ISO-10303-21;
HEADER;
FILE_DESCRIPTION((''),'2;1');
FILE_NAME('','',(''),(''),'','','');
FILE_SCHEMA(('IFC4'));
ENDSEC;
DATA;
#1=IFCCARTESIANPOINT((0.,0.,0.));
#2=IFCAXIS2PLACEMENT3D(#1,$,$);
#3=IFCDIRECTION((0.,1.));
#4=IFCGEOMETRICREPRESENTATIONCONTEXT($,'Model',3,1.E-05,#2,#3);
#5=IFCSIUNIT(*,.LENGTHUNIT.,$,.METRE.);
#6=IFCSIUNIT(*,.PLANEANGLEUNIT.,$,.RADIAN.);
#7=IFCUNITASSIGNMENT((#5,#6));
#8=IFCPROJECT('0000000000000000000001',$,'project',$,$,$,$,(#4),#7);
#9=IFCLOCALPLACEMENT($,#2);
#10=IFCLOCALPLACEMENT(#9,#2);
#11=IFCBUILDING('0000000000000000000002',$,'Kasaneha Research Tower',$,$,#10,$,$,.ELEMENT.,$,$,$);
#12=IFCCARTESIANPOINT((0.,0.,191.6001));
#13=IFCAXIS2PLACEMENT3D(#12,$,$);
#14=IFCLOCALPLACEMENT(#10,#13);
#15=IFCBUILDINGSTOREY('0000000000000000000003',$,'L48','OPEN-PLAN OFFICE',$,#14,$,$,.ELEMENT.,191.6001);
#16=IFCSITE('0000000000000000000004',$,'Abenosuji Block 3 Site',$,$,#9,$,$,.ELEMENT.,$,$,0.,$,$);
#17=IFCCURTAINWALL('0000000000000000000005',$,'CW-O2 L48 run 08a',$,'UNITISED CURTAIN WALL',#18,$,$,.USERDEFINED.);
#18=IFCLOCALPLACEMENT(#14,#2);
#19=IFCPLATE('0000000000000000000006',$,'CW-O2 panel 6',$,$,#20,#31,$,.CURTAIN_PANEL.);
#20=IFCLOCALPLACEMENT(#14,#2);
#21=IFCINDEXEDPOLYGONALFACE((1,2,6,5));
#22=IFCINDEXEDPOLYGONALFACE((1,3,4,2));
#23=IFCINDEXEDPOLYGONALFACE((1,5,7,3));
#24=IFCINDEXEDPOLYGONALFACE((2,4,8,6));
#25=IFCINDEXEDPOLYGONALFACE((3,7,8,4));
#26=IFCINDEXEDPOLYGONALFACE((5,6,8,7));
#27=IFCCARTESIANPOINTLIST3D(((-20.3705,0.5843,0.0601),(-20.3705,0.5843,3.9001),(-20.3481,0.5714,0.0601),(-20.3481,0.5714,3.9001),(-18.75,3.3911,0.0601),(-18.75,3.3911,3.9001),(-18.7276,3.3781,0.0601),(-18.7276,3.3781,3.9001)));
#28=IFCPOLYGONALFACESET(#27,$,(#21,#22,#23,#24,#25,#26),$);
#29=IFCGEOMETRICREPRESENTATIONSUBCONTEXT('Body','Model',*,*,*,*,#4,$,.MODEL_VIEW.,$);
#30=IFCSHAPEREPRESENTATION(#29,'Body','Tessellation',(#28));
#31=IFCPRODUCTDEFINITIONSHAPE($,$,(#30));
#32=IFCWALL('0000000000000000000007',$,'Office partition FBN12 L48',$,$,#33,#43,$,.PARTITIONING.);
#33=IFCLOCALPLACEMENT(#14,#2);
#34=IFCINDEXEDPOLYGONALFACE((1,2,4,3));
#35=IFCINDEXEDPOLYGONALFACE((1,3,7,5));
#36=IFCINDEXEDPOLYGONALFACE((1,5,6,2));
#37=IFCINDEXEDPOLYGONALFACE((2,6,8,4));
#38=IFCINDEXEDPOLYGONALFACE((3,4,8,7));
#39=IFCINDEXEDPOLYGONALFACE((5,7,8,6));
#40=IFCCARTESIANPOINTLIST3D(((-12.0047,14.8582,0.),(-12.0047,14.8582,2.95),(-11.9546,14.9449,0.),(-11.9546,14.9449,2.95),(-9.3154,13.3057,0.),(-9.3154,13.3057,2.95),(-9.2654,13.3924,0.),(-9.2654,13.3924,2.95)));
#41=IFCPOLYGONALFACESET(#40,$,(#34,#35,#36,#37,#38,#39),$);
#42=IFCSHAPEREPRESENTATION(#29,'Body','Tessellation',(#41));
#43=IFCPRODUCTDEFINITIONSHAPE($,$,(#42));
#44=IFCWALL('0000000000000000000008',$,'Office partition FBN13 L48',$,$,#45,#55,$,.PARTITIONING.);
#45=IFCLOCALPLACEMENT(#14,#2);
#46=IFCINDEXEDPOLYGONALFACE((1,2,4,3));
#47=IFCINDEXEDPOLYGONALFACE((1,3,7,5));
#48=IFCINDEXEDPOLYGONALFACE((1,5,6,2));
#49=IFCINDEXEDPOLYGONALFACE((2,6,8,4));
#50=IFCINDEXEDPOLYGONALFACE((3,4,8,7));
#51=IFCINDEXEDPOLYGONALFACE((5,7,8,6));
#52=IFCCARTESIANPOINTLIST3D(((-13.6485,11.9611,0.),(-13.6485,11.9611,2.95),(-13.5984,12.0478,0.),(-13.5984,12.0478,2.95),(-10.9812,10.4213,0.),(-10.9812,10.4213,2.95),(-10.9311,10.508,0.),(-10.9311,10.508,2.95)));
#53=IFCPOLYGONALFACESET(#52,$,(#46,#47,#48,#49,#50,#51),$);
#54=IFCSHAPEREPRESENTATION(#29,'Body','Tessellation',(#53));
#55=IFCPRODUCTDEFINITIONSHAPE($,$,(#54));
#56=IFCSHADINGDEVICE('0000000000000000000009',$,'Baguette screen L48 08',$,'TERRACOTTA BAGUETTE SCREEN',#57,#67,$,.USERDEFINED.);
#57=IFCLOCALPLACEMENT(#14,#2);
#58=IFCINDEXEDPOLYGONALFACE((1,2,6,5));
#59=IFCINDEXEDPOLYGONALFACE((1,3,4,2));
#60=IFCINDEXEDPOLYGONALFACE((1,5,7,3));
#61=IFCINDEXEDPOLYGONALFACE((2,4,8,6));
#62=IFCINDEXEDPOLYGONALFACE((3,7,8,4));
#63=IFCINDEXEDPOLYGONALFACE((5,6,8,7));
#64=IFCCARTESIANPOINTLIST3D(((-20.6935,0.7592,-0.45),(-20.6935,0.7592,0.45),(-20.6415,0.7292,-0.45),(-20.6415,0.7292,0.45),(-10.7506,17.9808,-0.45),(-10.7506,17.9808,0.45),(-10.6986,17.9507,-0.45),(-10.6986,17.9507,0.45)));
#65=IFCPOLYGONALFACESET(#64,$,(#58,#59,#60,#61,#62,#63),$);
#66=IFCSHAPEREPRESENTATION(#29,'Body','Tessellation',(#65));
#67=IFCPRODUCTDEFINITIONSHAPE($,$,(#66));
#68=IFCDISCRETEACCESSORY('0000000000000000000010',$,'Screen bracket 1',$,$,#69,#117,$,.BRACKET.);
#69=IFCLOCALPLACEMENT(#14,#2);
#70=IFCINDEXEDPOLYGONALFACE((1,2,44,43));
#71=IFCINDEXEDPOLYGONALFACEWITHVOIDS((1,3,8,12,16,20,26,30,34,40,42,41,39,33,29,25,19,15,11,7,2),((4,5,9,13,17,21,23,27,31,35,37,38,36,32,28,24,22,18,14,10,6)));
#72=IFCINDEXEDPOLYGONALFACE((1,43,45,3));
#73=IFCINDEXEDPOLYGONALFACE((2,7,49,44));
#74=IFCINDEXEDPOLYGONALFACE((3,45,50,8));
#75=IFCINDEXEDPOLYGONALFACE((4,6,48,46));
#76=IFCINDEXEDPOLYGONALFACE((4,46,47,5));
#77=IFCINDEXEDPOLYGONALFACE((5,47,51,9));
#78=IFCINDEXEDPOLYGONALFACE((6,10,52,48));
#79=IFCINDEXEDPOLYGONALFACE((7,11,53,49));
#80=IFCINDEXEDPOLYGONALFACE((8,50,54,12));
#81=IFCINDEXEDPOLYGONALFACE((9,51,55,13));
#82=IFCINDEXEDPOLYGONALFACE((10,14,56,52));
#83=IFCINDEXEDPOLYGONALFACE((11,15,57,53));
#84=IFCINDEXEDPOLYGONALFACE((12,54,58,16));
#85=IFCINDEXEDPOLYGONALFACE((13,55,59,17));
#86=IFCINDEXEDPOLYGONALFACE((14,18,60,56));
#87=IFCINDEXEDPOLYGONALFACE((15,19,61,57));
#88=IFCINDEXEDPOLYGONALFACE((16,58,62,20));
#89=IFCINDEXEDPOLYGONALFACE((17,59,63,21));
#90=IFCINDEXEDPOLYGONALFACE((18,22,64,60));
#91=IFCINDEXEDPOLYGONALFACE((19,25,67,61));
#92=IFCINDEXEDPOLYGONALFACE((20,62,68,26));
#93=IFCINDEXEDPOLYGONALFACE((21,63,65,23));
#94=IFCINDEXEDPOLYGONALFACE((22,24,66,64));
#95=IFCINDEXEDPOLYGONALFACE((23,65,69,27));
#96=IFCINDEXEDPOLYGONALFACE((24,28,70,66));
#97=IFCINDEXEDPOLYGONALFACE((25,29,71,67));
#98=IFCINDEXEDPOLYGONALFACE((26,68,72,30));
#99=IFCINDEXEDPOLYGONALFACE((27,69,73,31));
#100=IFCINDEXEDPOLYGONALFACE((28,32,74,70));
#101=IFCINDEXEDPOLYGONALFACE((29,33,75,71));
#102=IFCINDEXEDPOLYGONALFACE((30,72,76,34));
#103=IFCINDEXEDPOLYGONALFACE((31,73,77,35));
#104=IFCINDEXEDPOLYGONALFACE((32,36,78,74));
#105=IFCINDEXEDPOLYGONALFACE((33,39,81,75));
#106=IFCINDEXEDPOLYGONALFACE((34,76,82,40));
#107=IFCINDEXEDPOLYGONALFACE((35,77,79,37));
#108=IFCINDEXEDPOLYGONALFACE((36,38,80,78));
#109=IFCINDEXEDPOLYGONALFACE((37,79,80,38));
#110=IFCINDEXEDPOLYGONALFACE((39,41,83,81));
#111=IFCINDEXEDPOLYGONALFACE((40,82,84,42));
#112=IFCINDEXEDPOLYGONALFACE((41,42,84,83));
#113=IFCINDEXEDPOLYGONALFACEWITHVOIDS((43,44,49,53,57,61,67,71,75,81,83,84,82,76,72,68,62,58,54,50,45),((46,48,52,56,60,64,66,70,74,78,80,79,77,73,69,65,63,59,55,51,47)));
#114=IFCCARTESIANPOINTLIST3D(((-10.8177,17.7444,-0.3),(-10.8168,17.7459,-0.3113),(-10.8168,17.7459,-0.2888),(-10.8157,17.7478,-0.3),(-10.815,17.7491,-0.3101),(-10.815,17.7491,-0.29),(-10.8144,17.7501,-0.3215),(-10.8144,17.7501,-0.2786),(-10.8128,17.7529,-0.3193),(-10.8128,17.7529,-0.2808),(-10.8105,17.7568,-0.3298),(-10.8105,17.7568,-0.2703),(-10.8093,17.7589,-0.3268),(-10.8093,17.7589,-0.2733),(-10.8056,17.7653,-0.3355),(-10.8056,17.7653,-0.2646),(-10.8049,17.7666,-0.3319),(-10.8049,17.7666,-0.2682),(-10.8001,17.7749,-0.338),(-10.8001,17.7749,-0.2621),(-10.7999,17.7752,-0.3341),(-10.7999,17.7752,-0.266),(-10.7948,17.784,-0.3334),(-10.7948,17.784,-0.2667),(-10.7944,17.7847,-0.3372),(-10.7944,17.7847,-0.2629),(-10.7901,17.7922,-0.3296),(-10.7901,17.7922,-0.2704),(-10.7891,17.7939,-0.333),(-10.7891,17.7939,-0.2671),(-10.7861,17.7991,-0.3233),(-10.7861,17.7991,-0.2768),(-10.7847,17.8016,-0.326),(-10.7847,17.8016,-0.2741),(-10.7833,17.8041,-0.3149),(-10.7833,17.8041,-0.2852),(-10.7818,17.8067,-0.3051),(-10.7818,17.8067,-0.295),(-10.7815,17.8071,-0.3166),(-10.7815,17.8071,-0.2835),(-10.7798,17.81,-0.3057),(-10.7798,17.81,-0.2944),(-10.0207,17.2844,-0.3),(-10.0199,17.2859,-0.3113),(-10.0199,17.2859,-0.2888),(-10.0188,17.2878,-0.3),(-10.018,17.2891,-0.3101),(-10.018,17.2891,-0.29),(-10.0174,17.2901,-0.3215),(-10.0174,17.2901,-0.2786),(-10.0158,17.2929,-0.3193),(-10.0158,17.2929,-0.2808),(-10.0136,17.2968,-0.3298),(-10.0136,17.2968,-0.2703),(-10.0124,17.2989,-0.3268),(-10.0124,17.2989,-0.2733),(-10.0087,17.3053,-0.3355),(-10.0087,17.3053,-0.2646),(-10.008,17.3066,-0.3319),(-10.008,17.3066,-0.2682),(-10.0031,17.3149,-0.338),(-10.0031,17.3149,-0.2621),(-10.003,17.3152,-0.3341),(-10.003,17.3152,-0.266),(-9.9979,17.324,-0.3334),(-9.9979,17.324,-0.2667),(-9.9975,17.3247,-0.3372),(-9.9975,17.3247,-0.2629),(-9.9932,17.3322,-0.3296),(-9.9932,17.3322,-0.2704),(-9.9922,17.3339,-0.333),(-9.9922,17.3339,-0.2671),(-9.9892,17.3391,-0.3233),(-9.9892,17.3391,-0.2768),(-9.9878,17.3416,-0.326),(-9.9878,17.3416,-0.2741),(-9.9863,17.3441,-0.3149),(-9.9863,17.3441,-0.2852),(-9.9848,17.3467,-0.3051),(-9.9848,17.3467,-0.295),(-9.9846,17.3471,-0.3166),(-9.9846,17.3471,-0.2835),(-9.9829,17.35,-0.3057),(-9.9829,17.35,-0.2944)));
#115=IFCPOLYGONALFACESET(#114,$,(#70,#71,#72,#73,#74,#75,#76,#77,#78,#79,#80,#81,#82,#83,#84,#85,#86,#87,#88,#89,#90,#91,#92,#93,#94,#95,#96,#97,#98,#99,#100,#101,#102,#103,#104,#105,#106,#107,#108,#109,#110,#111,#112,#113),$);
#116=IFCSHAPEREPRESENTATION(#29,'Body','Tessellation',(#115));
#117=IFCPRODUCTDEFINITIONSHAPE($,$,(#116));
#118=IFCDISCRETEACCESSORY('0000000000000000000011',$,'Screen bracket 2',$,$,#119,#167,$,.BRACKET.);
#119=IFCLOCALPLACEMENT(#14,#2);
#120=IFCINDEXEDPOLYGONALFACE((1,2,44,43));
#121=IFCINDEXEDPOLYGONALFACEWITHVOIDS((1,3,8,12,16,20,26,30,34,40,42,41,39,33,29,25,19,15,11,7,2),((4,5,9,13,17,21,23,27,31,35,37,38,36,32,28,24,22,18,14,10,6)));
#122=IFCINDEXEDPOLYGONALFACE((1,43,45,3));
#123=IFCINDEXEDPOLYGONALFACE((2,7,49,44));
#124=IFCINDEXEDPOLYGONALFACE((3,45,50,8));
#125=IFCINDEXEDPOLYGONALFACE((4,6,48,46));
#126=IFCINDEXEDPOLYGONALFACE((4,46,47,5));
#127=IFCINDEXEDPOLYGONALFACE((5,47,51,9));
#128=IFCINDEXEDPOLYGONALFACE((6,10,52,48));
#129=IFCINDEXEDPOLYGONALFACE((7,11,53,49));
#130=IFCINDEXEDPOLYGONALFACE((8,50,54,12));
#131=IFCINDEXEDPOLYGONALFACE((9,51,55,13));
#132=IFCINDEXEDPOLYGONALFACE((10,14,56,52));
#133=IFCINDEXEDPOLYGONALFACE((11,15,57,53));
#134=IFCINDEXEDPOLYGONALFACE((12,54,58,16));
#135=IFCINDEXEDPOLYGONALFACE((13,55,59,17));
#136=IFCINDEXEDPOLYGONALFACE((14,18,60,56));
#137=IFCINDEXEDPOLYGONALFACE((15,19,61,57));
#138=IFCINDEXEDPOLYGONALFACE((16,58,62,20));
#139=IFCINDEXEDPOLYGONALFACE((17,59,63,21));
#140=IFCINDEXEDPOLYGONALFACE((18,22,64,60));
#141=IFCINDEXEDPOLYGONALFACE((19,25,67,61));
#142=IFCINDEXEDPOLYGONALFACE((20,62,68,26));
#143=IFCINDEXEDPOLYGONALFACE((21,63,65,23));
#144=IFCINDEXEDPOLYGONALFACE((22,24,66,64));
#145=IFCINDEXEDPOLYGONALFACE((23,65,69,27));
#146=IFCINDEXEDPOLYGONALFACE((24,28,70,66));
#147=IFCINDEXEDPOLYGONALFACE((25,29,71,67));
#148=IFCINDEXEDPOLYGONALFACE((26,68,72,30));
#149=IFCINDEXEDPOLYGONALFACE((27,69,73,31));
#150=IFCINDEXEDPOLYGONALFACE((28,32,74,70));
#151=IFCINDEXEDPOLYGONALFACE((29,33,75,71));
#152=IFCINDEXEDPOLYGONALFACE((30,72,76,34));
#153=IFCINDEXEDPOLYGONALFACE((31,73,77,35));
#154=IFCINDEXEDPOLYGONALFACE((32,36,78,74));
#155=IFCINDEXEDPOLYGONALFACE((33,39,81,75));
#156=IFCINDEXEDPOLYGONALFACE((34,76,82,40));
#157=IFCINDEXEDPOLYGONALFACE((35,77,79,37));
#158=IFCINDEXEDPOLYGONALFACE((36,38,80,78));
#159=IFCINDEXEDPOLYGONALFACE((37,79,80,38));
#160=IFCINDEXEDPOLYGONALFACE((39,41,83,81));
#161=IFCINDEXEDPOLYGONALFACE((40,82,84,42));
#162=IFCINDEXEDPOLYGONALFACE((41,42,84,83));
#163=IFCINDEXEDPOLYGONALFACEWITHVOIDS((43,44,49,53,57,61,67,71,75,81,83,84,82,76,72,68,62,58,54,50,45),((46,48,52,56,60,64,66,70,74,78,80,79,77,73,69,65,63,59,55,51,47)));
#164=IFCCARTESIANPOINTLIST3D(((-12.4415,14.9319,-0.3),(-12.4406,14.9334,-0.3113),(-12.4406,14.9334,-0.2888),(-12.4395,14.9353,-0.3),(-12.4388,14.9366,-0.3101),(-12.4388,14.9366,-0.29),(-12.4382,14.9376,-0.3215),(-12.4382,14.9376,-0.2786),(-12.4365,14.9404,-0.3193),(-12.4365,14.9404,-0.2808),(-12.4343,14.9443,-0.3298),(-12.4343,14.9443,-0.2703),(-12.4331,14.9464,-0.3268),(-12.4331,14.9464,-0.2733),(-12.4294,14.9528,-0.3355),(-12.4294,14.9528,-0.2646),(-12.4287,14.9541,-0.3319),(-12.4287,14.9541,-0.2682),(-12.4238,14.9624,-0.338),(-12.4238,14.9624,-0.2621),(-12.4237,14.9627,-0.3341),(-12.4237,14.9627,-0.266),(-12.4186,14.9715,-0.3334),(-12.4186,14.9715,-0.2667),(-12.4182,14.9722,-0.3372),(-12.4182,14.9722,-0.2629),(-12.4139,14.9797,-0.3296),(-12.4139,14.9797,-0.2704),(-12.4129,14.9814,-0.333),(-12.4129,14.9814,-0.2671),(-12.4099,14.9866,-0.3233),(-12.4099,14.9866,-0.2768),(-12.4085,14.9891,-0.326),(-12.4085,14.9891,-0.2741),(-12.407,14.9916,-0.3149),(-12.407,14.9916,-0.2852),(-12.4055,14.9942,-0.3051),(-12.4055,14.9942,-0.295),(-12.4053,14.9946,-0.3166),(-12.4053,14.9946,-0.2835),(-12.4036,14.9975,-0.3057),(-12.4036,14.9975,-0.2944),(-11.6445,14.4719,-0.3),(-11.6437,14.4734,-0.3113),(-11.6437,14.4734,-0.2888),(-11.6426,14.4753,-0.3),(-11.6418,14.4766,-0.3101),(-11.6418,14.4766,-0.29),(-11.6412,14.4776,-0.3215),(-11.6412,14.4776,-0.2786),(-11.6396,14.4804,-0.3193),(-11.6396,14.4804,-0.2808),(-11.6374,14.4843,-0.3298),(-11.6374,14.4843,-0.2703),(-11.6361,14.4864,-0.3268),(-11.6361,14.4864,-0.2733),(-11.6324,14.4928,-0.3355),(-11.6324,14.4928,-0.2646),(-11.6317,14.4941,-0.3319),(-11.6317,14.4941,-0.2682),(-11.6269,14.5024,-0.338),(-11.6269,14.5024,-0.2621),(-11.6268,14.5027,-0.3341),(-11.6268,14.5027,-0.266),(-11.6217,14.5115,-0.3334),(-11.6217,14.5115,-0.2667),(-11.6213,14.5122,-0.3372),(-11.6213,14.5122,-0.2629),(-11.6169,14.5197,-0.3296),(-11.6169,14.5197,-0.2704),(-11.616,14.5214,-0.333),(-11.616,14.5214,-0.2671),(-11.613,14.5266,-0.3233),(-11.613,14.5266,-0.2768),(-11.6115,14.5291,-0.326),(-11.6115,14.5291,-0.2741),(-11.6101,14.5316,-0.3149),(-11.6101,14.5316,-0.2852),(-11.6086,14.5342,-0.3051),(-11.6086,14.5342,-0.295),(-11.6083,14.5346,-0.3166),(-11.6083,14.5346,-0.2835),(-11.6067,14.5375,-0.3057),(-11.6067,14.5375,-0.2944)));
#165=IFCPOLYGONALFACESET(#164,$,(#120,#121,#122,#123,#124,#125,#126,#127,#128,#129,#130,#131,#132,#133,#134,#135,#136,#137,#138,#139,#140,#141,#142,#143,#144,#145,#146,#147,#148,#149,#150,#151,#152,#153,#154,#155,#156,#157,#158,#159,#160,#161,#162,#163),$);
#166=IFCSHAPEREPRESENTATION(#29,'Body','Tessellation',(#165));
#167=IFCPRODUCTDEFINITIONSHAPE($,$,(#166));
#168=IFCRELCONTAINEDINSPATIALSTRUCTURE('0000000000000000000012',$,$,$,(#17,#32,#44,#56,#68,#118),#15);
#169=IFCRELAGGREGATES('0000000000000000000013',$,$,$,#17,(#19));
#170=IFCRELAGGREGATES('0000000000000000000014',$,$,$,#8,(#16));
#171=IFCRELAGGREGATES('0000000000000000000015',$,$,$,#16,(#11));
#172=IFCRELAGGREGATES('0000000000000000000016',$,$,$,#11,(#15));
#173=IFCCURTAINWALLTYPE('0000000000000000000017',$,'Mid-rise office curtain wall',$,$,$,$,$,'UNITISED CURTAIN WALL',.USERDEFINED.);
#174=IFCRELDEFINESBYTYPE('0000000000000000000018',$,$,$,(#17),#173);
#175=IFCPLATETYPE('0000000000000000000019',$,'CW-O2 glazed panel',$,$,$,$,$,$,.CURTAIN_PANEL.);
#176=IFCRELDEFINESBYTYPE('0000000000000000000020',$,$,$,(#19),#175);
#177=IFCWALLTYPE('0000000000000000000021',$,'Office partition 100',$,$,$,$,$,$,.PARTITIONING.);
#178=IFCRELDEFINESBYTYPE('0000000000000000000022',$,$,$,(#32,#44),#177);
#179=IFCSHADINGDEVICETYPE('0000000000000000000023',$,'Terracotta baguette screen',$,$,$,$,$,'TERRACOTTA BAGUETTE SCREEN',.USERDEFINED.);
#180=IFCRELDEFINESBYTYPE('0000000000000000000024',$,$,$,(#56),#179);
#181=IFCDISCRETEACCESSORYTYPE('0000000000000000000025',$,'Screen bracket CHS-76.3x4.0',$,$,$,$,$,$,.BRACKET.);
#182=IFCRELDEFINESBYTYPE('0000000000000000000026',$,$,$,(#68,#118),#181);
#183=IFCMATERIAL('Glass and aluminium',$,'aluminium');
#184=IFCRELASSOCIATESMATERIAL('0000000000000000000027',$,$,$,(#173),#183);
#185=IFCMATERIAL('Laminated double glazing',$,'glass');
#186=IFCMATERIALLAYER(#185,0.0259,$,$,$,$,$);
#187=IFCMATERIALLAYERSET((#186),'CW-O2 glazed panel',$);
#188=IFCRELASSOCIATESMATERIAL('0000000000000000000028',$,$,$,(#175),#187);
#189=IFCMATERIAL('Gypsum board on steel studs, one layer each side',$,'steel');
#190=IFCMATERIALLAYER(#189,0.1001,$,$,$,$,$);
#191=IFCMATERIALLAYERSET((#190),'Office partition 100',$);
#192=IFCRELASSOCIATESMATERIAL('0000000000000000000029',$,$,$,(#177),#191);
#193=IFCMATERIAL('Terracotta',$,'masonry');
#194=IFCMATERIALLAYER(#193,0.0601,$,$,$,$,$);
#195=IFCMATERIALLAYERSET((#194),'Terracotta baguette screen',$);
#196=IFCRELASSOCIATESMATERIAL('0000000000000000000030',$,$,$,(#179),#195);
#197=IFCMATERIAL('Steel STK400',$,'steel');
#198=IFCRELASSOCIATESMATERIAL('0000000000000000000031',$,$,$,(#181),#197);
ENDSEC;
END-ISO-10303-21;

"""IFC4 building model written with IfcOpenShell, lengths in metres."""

from ifc_helpers import new_model, si_unit, direction, frame, frame_2d, origin, origin_2d, place, context, subcontext, project, spatial, rectangle, hollow_circle, extrude, material, layer, layer_set, material_profile, profile_set, type_object, element, aggregate, save


model = new_model("IFC4")

# Units and contexts
model_context = context("Model", 3, precision=1e-05, world=origin(), true_north=direction((0.0, 1.0)))
body_context = subcontext(model_context, "Body", "Model", "MODEL_VIEW")
ifc_project = project(units=[si_unit("LENGTHUNIT", "METRE"), si_unit("PLANEANGLEUNIT", "RADIAN")], contexts=[model_context])

# Site, building, storey
site_placement = place(None, origin())
site = spatial("IfcSite", under=ifc_project, at=site_placement, Name="Abenosuji Block 3 Site", CompositionType="ELEMENT", RefElevation=0.0)
building_placement = place(site_placement, origin())
building = spatial("IfcBuilding", under=site, at=building_placement, Name="Kasaneha Research Tower", CompositionType="ELEMENT")
storey_placement = place(building_placement, frame((0.0, 0.0, 191.6001)))
storey = spatial("IfcBuildingStorey", under=building, at=storey_placement, Name="L48", Description="OPEN-PLAN OFFICE", CompositionType="ELEMENT", Elevation=191.6001)

# Shared definitions
ifc_material_1 = material(Name="Glass and aluminium", Category="aluminium")
curtain_wall_type = type_object("IfcCurtainWallType", Name="Mid-rise office curtain wall", ElementType="UNITISED CURTAIN WALL", PredefinedType="USERDEFINED", material=ifc_material_1)

# Curtain wall
curtain_wall_1_placement = place(storey_placement, origin())
curtain_wall_1 = element("IfcCurtainWall", 1, at=curtain_wall_1_placement, inside=storey, type_object=curtain_wall_type, Name="CW-O2 L48 run 08a", ObjectType="UNITISED CURTAIN WALL", PredefinedType="USERDEFINED")

# Plate
ifc_material_2 = material(Name="Laminated double glazing", Category="glass")
ifc_layer_1 = layer(ifc_material_2, 0.0259)
ifc_layer_set_1 = layer_set([ifc_layer_1], Name="CW-O2 glazed panel")
plate_type = type_object("IfcPlateType", Name="CW-O2 glazed panel", PredefinedType="CURTAIN_PANEL", material=ifc_layer_set_1)
plate_1_placement = place(storey_placement, frame((-19.5491, 1.9812, 0.0601), z_axis=(0.0, 0.0, 1.0), x_axis=(-0.5, -0.866025, 0.0)))
plate_1 = element("IfcPlate", 2, at=plate_1_placement, type_object=plate_type, Name="CW-O2 panel 6", PredefinedType="CURTAIN_PANEL", context=body_context, shape_type="SweptSolid", body=[
    extrude(rectangle(XDim=3.241, YDim=0.0259, at=origin_2d()), origin(), (0.0, 0.0, 1.0), 3.8401),
])
aggregate(curtain_wall_1, [plate_1])

# Walls
ifc_material_3 = material(Name="Gypsum board on steel studs, one layer each side", Category="steel")
ifc_layer_2 = layer(ifc_material_3, 0.1001)
ifc_layer_set_2 = layer_set([ifc_layer_2], Name="Office partition 100")
wall_type = type_object("IfcWallType", Name="Office partition 100", PredefinedType="PARTITIONING", material=ifc_layer_set_2)
wall_1_placement = place(storey_placement, frame((-11.9797, 14.9016, 0.0), z_axis=(0.0, 0.0, 1.0), x_axis=(0.866043, -0.49997, 0.0)))
element("IfcWall", 3, at=wall_1_placement, inside=storey, type_object=wall_type, Name="Office partition FBN12 L48", PredefinedType="PARTITIONING", context=body_context, shape_type="SweptSolid", body=[
    extrude(rectangle(XDim=3.1052, YDim=0.1001, at=frame_2d((1.5527, 0.0))), origin(), (0.0, 0.0, 1.0), 2.95),
])
wall_2_placement = place(storey_placement, frame((-10.9561, 10.4646, 0.0), z_axis=(0.0, 0.0, 1.0), x_axis=(-0.866044, 0.499967, 0.0)))
element("IfcWall", 4, at=wall_2_placement, inside=storey, type_object=wall_type, Name="Office partition FBN13 L48", PredefinedType="PARTITIONING", context=body_context, shape_type="SweptSolid", body=[
    extrude(rectangle(XDim=3.0798, YDim=0.1001, at=frame_2d((1.54, 0.0))), origin(), (0.0, 0.0, 1.0), 2.95),
])

# Shading device
ifc_material_4 = material(Name="Terracotta", Category="masonry")
ifc_layer_3 = layer(ifc_material_4, 0.0601)
ifc_layer_set_3 = layer_set([ifc_layer_3], Name="Terracotta baguette screen")
shading_device_type = type_object("IfcShadingDeviceType", Name="Terracotta baguette screen", ElementType="TERRACOTTA BAGUETTE SCREEN", PredefinedType="USERDEFINED", material=ifc_layer_set_3)
shading_device_placement = place(storey_placement, frame((-15.696, 9.355, -0.45), z_axis=(0.0, 0.0, 1.0), x_axis=(-0.5, -0.866025, 0.0)))
element("IfcShadingDevice", 5, at=shading_device_placement, inside=storey, type_object=shading_device_type, Name="Baguette screen L48 08", ObjectType="TERRACOTTA BAGUETTE SCREEN", PredefinedType="USERDEFINED", context=body_context, shape_type="SweptSolid", body=[
    extrude(rectangle(XDim=19.8857, YDim=0.0601, at=origin_2d()), origin(), (0.0, 0.0, 1.0), 0.8999),
])

# Discrete accessories
ifc_material_5 = material(Name="Steel STK400", Category="steel")
ifc_material_profile_1 = material_profile(ifc_material_5, hollow_circle(Radius=0.0381, WallThickness=0.0039, at=origin_2d()), Name="CHS-76.3x4.0")
ifc_profile_set_1 = profile_set([ifc_material_profile_1], Name="Steel STK400")
discrete_accessory_type = type_object("IfcDiscreteAccessoryType", Name="Screen bracket CHS-76.3x4.0", PredefinedType="BRACKET", material=ifc_profile_set_1)
for number, where, z_axis, x_axis, name in (
    (6, (-10.0017, 17.3174, -0.3), (-0.86608, 0.499906, 0.0), (-0.499906, -0.86608, 0.0), "Screen bracket 1"),
    (7, (-11.6255, 14.5049, -0.3), (-0.86608, 0.499906, 0.0), (-0.499906, -0.86608, 0.0), "Screen bracket 2"),
):
    element("IfcDiscreteAccessory", number, at=place(storey_placement, frame(where, z_axis=z_axis, x_axis=x_axis)), inside=storey, type_object=discrete_accessory_type, Name=name, PredefinedType="BRACKET", context=body_context, shape_type="SweptSolid", body=[
        extrude(hollow_circle(Radius=0.0381, WallThickness=0.0039, at=origin_2d()), origin(), (0.0, 0.0, 1.0), 0.9202),
    ])

save(model, "model.ifc")
